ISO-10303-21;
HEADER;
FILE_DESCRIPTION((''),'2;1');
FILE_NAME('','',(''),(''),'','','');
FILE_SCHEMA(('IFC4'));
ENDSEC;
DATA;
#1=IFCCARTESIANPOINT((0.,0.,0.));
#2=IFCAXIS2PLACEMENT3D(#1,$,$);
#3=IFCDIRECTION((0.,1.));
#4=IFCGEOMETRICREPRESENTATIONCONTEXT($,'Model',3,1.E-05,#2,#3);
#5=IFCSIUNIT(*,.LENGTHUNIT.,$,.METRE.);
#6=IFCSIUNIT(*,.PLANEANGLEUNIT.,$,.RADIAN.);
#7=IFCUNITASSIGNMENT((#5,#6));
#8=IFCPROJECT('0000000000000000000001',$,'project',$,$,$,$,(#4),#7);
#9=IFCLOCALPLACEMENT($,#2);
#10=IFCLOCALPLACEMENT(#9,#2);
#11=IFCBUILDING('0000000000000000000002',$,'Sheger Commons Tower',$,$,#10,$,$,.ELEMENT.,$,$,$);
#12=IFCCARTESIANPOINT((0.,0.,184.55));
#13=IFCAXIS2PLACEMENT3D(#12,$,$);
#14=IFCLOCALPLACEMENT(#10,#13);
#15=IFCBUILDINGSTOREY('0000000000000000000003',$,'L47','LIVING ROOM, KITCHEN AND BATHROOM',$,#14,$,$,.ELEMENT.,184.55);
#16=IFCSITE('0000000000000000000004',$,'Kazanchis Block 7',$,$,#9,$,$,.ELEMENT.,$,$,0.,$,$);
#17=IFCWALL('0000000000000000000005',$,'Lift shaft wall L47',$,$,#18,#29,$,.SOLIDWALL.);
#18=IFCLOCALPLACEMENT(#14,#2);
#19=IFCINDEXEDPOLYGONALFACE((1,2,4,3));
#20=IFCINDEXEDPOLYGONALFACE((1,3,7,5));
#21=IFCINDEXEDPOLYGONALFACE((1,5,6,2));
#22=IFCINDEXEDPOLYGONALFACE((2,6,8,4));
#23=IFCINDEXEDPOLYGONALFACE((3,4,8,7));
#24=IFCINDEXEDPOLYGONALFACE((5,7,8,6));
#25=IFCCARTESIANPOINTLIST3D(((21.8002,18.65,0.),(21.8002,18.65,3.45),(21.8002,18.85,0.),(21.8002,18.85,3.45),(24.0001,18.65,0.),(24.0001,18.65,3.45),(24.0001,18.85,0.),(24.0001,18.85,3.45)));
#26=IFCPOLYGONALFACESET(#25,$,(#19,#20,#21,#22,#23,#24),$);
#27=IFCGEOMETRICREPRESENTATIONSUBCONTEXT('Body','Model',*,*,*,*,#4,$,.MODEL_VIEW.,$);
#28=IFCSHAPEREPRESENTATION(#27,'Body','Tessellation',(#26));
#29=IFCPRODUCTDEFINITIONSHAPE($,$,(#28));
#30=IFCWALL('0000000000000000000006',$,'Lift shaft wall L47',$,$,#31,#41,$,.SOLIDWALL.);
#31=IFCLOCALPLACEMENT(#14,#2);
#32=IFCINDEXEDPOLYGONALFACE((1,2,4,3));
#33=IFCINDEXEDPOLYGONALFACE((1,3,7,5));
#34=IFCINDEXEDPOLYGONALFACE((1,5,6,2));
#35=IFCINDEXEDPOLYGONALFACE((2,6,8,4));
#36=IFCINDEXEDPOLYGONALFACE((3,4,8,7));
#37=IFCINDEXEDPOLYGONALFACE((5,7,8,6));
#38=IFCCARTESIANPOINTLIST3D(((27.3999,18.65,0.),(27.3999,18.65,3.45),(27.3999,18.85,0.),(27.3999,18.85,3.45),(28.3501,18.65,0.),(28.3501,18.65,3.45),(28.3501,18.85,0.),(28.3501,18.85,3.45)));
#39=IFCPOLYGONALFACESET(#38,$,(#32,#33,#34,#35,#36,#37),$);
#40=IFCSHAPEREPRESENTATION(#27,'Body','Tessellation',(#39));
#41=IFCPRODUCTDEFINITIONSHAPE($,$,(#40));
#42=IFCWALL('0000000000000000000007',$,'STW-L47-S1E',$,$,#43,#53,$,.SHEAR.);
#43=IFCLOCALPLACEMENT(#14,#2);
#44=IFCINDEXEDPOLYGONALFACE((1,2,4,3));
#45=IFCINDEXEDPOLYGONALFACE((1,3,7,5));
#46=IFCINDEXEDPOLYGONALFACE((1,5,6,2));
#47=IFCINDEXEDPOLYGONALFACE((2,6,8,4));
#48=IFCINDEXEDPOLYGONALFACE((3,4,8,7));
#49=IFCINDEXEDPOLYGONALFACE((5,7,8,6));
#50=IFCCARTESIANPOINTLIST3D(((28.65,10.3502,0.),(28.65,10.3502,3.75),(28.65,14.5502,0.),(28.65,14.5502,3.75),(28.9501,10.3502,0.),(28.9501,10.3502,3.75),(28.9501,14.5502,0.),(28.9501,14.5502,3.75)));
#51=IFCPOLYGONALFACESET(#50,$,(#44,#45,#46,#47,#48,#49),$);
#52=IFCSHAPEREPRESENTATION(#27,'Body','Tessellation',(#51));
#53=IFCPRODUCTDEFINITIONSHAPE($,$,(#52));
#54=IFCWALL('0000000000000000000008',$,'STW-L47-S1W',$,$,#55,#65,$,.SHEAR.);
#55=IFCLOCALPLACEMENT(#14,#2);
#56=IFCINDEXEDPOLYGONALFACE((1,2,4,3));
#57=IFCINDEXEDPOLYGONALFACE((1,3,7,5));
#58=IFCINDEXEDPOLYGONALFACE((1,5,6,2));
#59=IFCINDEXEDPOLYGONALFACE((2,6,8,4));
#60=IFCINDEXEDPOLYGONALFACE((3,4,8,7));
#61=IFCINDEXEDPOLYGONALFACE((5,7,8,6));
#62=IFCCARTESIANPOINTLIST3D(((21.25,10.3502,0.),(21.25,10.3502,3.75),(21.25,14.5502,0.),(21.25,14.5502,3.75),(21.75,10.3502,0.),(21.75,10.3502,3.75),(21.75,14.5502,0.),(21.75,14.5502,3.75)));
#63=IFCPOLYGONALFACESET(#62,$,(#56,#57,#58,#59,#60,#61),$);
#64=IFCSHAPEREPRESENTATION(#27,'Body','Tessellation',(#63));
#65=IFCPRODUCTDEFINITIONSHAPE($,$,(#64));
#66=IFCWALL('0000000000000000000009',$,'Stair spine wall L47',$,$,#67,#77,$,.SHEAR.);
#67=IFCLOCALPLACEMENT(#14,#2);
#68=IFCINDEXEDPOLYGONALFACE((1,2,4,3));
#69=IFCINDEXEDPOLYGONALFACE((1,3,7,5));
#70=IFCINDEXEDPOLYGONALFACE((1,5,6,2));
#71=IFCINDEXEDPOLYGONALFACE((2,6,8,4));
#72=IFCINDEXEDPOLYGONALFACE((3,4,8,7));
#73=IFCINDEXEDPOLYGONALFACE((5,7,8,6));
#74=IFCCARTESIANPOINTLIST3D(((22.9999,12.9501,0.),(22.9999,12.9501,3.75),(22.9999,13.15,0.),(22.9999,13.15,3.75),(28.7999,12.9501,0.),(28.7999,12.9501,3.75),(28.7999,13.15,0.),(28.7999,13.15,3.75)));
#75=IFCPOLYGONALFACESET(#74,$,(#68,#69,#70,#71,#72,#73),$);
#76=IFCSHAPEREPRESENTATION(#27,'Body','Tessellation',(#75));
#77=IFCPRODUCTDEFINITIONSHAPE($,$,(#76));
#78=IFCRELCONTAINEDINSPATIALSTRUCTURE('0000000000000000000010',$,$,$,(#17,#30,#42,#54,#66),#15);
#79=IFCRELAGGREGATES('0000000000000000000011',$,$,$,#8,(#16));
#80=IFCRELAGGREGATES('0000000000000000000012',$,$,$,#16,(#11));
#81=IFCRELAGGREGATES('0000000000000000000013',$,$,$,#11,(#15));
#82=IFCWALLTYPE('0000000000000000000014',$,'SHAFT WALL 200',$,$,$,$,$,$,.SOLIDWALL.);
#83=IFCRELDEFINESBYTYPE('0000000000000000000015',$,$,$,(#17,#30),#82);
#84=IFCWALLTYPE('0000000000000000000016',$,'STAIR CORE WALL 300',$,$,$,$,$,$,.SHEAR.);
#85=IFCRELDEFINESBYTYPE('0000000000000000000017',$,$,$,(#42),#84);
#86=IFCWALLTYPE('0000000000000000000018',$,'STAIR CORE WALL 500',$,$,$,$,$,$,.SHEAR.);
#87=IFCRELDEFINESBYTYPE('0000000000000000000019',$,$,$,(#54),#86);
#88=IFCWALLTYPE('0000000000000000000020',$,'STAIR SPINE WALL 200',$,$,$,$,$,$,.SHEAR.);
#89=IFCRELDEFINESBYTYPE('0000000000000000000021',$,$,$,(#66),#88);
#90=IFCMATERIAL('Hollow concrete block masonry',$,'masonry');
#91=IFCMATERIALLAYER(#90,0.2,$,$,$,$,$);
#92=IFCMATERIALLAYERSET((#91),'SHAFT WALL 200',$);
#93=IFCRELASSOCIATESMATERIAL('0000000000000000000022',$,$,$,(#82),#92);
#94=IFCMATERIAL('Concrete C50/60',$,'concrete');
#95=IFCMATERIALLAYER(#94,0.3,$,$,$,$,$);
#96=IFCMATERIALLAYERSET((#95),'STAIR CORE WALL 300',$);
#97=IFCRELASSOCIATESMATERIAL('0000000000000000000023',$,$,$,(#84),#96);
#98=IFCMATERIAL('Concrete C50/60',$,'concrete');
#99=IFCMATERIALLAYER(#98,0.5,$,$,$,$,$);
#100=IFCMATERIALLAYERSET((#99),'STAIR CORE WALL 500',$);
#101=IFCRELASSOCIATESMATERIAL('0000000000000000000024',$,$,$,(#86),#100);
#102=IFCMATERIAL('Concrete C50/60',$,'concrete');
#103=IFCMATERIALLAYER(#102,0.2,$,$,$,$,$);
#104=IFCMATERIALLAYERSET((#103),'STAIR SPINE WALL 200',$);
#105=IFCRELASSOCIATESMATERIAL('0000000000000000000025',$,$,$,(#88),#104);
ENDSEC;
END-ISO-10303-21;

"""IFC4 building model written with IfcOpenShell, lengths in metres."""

from ifc_helpers import new_model, si_unit, direction, frame, frame_2d, origin, place, context, subcontext, project, spatial, rectangle, extrude, material, layer, layer_set, type_object, element, save


model = new_model("IFC4")

# Units and contexts
model_context = context("Model", 3, precision=1e-05, world=origin(), true_north=direction((0.0, 1.0)))
body_context = subcontext(model_context, "Body", "Model", "MODEL_VIEW")
ifc_project = project(units=[si_unit("LENGTHUNIT", "METRE"), si_unit("PLANEANGLEUNIT", "RADIAN")], contexts=[model_context])

# Site, building, storey
site_placement = place(None, origin())
site = spatial("IfcSite", under=ifc_project, at=site_placement, Name="Kazanchis Block 7", CompositionType="ELEMENT", RefElevation=0.0)
building_placement = place(site_placement, origin())
building = spatial("IfcBuilding", under=site, at=building_placement, Name="Sheger Commons Tower", CompositionType="ELEMENT")
storey_placement = place(building_placement, frame((0.0, 0.0, 184.55)))
storey = spatial("IfcBuildingStorey", under=building, at=storey_placement, Name="L47", Description="LIVING ROOM, KITCHEN AND BATHROOM", CompositionType="ELEMENT", Elevation=184.55)

# Walls
ifc_material_1 = material(Name="Hollow concrete block masonry", Category="masonry")
ifc_layer_1 = layer(ifc_material_1, 0.2)
ifc_layer_set_1 = layer_set([ifc_layer_1], Name="SHAFT WALL 200")
wall_type_1 = type_object("IfcWallType", Name="SHAFT WALL 200", PredefinedType="SOLIDWALL", material=ifc_layer_set_1)
wall_1_placement = place(storey_placement, frame((21.8, 18.75, 0.0), z_axis=(0.0, 0.0, 1.0), x_axis=(1.0, 0.0, 0.0)))
element("IfcWall", 1, at=wall_1_placement, inside=storey, type_object=wall_type_1, Name="Lift shaft wall L47", PredefinedType="SOLIDWALL", context=body_context, shape_type="SweptSolid", body=[
    extrude(rectangle(XDim=2.2, YDim=0.2, at=frame_2d((1.1001, 0.0))), origin(), (0.0, 0.0, 1.0), 3.45),
])
wall_2_placement = place(storey_placement, frame((27.3999, 18.75, 0.0), z_axis=(0.0, 0.0, 1.0), x_axis=(1.0, 0.0, 0.0)))
element("IfcWall", 2, at=wall_2_placement, inside=storey, type_object=wall_type_1, Name="Lift shaft wall L47", PredefinedType="SOLIDWALL", context=body_context, shape_type="SweptSolid", body=[
    extrude(rectangle(XDim=0.9502, YDim=0.2, at=frame_2d((0.4751, 0.0))), origin(), (0.0, 0.0, 1.0), 3.45),
])
ifc_material_2 = material(Name="Concrete C50/60", Category="concrete")
ifc_layer_2 = layer(ifc_material_2, 0.3)
ifc_layer_set_2 = layer_set([ifc_layer_2], Name="STAIR CORE WALL 300")
wall_type_2 = type_object("IfcWallType", Name="STAIR CORE WALL 300", PredefinedType="SHEAR", material=ifc_layer_set_2)
wall_3_placement = place(storey_placement, frame((28.8, 10.3501, 0.0), z_axis=(0.0, 0.0, 1.0), x_axis=(0.0, 1.0, 0.0)))
element("IfcWall", 3, at=wall_3_placement, inside=storey, type_object=wall_type_2, Name="STW-L47-S1E", PredefinedType="SHEAR", context=body_context, shape_type="SweptSolid", body=[
    extrude(rectangle(XDim=4.2, YDim=0.3, at=frame_2d((2.1001, 0.0))), origin(), (0.0, 0.0, 1.0), 3.75),
])
ifc_material_3 = material(Name="Concrete C50/60", Category="concrete")
ifc_layer_3 = layer(ifc_material_3, 0.5)
ifc_layer_set_3 = layer_set([ifc_layer_3], Name="STAIR CORE WALL 500")
wall_type_3 = type_object("IfcWallType", Name="STAIR CORE WALL 500", PredefinedType="SHEAR", material=ifc_layer_set_3)
wall_4_placement = place(storey_placement, frame((21.5, 10.3501, 0.0), z_axis=(0.0, 0.0, 1.0), x_axis=(0.0, 1.0, 0.0)))
element("IfcWall", 4, at=wall_4_placement, inside=storey, type_object=wall_type_3, Name="STW-L47-S1W", PredefinedType="SHEAR", context=body_context, shape_type="SweptSolid", body=[
    extrude(rectangle(XDim=4.2, YDim=0.5, at=frame_2d((2.1001, 0.0))), origin(), (0.0, 0.0, 1.0), 3.75),
])
ifc_material_4 = material(Name="Concrete C50/60", Category="concrete")
ifc_layer_4 = layer(ifc_material_4, 0.2)
ifc_layer_set_4 = layer_set([ifc_layer_4], Name="STAIR SPINE WALL 200")
wall_type_4 = type_object("IfcWallType", Name="STAIR SPINE WALL 200", PredefinedType="SHEAR", material=ifc_layer_set_4)
wall_5_placement = place(storey_placement, frame((23.0, 13.05, 0.0), z_axis=(0.0, 0.0, 1.0), x_axis=(1.0, 0.0, 0.0)))
element("IfcWall", 5, at=wall_5_placement, inside=storey, type_object=wall_type_4, Name="Stair spine wall L47", PredefinedType="SHEAR", context=body_context, shape_type="SweptSolid", body=[
    extrude(rectangle(XDim=5.8, YDim=0.2, at=frame_2d((2.8999, 0.0))), origin(), (0.0, 0.0, 1.0), 3.75),
])

save(model, "model.ifc")
